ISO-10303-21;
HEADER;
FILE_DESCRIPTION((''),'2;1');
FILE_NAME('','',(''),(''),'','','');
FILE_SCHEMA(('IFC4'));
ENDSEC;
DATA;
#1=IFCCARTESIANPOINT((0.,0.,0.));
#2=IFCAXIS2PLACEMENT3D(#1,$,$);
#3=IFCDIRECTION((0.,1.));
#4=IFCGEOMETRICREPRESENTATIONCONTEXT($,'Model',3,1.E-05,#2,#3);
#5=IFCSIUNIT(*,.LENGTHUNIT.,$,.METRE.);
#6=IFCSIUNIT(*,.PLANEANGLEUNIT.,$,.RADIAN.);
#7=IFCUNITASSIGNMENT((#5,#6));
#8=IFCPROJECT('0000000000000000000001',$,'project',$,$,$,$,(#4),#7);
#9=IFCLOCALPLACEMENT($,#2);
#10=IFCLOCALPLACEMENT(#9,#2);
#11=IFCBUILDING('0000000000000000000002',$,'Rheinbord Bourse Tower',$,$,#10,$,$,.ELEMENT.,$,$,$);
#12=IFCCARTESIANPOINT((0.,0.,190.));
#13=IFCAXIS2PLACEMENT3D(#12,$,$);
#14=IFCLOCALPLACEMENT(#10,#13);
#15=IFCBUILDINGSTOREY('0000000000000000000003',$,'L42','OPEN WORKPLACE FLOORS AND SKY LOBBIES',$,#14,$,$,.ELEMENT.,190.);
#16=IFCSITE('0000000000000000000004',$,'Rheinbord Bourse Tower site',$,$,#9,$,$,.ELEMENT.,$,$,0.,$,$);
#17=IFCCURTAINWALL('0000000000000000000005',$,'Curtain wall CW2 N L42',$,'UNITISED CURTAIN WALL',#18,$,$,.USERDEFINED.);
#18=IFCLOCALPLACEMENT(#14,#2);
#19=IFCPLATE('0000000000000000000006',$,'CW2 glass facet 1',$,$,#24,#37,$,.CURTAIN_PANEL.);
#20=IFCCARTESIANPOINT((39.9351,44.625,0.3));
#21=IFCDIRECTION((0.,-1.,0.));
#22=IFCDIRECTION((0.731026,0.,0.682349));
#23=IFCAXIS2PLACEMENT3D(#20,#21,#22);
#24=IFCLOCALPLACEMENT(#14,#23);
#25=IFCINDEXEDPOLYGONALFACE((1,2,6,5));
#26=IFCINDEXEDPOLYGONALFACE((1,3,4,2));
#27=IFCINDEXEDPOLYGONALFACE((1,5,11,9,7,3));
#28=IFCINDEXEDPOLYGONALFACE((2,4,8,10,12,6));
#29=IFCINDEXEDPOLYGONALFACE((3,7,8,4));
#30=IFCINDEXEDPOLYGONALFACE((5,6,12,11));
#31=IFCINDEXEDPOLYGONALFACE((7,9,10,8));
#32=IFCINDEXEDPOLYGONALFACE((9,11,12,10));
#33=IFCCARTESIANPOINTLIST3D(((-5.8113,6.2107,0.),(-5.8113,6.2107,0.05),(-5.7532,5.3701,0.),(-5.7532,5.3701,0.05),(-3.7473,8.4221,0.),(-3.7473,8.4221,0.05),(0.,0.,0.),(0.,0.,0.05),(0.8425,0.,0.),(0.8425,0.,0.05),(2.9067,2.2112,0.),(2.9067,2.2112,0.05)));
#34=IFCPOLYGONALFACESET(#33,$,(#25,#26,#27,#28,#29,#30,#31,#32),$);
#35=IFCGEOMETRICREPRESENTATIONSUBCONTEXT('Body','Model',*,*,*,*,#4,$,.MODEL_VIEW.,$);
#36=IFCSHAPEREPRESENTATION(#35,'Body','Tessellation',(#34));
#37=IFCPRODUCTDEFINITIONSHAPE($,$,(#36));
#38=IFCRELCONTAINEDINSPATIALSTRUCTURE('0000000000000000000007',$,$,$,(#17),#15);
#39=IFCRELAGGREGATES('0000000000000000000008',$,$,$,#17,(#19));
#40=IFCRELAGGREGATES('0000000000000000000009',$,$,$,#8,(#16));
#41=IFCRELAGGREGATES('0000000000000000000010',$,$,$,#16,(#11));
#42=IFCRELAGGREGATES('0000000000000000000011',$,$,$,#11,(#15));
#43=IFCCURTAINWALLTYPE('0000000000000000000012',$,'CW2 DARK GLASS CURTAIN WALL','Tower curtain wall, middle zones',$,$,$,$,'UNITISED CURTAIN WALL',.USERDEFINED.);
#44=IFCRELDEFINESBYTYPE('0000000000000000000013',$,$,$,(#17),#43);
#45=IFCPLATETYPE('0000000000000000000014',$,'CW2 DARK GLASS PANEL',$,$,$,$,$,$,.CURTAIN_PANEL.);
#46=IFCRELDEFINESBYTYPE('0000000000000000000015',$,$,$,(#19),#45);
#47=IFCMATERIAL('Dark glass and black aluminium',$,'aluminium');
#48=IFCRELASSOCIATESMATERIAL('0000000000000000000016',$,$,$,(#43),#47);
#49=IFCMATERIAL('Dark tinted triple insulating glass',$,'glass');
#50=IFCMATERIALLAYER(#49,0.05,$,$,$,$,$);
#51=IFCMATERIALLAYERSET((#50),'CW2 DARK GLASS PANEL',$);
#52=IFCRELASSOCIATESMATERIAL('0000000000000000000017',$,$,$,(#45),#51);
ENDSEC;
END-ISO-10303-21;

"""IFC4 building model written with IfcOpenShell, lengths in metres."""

from ifc_helpers import new_model, si_unit, direction, frame, origin, place, context, subcontext, project, spatial, polyline, outline, extrude, material, layer, layer_set, type_object, element, aggregate, save


model = new_model("IFC4")

# Units and contexts
model_context = context("Model", 3, precision=1e-05, world=origin(), true_north=direction((0.0, 1.0)))
body_context = subcontext(model_context, "Body", "Model", "MODEL_VIEW")
ifc_project = project(units=[si_unit("LENGTHUNIT", "METRE"), si_unit("PLANEANGLEUNIT", "RADIAN")], contexts=[model_context])

# Site, building, storey
site_placement = place(None, origin())
site = spatial("IfcSite", under=ifc_project, at=site_placement, Name="Rheinbord Bourse Tower site", CompositionType="ELEMENT", RefElevation=0.0)
building_placement = place(site_placement, origin())
building = spatial("IfcBuilding", under=site, at=building_placement, Name="Rheinbord Bourse Tower", CompositionType="ELEMENT")
storey_placement = place(building_placement, frame((0.0, 0.0, 190.0)))
storey = spatial("IfcBuildingStorey", under=building, at=storey_placement, Name="L42", Description="OPEN WORKPLACE FLOORS AND SKY LOBBIES", CompositionType="ELEMENT", Elevation=190.0)

# Curtain wall
ifc_material_1 = material(Name="Dark glass and black aluminium", Category="aluminium")
curtain_wall_type = type_object("IfcCurtainWallType", Name="CW2 DARK GLASS CURTAIN WALL", Description="Tower curtain wall, middle zones", ElementType="UNITISED CURTAIN WALL", PredefinedType="USERDEFINED", material=ifc_material_1)
curtain_wall_placement = place(storey_placement, origin())
curtain_wall = element("IfcCurtainWall", 1, at=curtain_wall_placement, inside=storey, type_object=curtain_wall_type, Name="Curtain wall CW2 N L42", ObjectType="UNITISED CURTAIN WALL", PredefinedType="USERDEFINED")

# Plate
ifc_material_2 = material(Name="Dark tinted triple insulating glass", Category="glass")
ifc_layer_1 = layer(ifc_material_2, 0.05)
ifc_layer_set_1 = layer_set([ifc_layer_1], Name="CW2 DARK GLASS PANEL")
plate_type = type_object("IfcPlateType", Name="CW2 DARK GLASS PANEL", PredefinedType="CURTAIN_PANEL", material=ifc_layer_set_1)
plate_1_placement = place(storey_placement, frame((39.9351, 44.625, 0.3), z_axis=(0.0, -1.0, 0.0), x_axis=(0.731026, 0.0, 0.682349)))
plate_1 = element("IfcPlate", 2, at=plate_1_placement, type_object=plate_type, Name="CW2 glass facet 1", PredefinedType="CURTAIN_PANEL", context=body_context, shape_type="SweptSolid", body=[
    extrude(outline(polyline([(0.0, 0.0), (0.8425, 0.0), (2.9067, 2.2112), (-3.7473, 8.4221), (-5.8113, 6.2107), (-5.7532, 5.3701), (0.0, 0.0)])), origin(), (0.0, 0.0, 1.0), 0.05),
])
aggregate(curtain_wall, [plate_1])

save(model, "model.ifc")
